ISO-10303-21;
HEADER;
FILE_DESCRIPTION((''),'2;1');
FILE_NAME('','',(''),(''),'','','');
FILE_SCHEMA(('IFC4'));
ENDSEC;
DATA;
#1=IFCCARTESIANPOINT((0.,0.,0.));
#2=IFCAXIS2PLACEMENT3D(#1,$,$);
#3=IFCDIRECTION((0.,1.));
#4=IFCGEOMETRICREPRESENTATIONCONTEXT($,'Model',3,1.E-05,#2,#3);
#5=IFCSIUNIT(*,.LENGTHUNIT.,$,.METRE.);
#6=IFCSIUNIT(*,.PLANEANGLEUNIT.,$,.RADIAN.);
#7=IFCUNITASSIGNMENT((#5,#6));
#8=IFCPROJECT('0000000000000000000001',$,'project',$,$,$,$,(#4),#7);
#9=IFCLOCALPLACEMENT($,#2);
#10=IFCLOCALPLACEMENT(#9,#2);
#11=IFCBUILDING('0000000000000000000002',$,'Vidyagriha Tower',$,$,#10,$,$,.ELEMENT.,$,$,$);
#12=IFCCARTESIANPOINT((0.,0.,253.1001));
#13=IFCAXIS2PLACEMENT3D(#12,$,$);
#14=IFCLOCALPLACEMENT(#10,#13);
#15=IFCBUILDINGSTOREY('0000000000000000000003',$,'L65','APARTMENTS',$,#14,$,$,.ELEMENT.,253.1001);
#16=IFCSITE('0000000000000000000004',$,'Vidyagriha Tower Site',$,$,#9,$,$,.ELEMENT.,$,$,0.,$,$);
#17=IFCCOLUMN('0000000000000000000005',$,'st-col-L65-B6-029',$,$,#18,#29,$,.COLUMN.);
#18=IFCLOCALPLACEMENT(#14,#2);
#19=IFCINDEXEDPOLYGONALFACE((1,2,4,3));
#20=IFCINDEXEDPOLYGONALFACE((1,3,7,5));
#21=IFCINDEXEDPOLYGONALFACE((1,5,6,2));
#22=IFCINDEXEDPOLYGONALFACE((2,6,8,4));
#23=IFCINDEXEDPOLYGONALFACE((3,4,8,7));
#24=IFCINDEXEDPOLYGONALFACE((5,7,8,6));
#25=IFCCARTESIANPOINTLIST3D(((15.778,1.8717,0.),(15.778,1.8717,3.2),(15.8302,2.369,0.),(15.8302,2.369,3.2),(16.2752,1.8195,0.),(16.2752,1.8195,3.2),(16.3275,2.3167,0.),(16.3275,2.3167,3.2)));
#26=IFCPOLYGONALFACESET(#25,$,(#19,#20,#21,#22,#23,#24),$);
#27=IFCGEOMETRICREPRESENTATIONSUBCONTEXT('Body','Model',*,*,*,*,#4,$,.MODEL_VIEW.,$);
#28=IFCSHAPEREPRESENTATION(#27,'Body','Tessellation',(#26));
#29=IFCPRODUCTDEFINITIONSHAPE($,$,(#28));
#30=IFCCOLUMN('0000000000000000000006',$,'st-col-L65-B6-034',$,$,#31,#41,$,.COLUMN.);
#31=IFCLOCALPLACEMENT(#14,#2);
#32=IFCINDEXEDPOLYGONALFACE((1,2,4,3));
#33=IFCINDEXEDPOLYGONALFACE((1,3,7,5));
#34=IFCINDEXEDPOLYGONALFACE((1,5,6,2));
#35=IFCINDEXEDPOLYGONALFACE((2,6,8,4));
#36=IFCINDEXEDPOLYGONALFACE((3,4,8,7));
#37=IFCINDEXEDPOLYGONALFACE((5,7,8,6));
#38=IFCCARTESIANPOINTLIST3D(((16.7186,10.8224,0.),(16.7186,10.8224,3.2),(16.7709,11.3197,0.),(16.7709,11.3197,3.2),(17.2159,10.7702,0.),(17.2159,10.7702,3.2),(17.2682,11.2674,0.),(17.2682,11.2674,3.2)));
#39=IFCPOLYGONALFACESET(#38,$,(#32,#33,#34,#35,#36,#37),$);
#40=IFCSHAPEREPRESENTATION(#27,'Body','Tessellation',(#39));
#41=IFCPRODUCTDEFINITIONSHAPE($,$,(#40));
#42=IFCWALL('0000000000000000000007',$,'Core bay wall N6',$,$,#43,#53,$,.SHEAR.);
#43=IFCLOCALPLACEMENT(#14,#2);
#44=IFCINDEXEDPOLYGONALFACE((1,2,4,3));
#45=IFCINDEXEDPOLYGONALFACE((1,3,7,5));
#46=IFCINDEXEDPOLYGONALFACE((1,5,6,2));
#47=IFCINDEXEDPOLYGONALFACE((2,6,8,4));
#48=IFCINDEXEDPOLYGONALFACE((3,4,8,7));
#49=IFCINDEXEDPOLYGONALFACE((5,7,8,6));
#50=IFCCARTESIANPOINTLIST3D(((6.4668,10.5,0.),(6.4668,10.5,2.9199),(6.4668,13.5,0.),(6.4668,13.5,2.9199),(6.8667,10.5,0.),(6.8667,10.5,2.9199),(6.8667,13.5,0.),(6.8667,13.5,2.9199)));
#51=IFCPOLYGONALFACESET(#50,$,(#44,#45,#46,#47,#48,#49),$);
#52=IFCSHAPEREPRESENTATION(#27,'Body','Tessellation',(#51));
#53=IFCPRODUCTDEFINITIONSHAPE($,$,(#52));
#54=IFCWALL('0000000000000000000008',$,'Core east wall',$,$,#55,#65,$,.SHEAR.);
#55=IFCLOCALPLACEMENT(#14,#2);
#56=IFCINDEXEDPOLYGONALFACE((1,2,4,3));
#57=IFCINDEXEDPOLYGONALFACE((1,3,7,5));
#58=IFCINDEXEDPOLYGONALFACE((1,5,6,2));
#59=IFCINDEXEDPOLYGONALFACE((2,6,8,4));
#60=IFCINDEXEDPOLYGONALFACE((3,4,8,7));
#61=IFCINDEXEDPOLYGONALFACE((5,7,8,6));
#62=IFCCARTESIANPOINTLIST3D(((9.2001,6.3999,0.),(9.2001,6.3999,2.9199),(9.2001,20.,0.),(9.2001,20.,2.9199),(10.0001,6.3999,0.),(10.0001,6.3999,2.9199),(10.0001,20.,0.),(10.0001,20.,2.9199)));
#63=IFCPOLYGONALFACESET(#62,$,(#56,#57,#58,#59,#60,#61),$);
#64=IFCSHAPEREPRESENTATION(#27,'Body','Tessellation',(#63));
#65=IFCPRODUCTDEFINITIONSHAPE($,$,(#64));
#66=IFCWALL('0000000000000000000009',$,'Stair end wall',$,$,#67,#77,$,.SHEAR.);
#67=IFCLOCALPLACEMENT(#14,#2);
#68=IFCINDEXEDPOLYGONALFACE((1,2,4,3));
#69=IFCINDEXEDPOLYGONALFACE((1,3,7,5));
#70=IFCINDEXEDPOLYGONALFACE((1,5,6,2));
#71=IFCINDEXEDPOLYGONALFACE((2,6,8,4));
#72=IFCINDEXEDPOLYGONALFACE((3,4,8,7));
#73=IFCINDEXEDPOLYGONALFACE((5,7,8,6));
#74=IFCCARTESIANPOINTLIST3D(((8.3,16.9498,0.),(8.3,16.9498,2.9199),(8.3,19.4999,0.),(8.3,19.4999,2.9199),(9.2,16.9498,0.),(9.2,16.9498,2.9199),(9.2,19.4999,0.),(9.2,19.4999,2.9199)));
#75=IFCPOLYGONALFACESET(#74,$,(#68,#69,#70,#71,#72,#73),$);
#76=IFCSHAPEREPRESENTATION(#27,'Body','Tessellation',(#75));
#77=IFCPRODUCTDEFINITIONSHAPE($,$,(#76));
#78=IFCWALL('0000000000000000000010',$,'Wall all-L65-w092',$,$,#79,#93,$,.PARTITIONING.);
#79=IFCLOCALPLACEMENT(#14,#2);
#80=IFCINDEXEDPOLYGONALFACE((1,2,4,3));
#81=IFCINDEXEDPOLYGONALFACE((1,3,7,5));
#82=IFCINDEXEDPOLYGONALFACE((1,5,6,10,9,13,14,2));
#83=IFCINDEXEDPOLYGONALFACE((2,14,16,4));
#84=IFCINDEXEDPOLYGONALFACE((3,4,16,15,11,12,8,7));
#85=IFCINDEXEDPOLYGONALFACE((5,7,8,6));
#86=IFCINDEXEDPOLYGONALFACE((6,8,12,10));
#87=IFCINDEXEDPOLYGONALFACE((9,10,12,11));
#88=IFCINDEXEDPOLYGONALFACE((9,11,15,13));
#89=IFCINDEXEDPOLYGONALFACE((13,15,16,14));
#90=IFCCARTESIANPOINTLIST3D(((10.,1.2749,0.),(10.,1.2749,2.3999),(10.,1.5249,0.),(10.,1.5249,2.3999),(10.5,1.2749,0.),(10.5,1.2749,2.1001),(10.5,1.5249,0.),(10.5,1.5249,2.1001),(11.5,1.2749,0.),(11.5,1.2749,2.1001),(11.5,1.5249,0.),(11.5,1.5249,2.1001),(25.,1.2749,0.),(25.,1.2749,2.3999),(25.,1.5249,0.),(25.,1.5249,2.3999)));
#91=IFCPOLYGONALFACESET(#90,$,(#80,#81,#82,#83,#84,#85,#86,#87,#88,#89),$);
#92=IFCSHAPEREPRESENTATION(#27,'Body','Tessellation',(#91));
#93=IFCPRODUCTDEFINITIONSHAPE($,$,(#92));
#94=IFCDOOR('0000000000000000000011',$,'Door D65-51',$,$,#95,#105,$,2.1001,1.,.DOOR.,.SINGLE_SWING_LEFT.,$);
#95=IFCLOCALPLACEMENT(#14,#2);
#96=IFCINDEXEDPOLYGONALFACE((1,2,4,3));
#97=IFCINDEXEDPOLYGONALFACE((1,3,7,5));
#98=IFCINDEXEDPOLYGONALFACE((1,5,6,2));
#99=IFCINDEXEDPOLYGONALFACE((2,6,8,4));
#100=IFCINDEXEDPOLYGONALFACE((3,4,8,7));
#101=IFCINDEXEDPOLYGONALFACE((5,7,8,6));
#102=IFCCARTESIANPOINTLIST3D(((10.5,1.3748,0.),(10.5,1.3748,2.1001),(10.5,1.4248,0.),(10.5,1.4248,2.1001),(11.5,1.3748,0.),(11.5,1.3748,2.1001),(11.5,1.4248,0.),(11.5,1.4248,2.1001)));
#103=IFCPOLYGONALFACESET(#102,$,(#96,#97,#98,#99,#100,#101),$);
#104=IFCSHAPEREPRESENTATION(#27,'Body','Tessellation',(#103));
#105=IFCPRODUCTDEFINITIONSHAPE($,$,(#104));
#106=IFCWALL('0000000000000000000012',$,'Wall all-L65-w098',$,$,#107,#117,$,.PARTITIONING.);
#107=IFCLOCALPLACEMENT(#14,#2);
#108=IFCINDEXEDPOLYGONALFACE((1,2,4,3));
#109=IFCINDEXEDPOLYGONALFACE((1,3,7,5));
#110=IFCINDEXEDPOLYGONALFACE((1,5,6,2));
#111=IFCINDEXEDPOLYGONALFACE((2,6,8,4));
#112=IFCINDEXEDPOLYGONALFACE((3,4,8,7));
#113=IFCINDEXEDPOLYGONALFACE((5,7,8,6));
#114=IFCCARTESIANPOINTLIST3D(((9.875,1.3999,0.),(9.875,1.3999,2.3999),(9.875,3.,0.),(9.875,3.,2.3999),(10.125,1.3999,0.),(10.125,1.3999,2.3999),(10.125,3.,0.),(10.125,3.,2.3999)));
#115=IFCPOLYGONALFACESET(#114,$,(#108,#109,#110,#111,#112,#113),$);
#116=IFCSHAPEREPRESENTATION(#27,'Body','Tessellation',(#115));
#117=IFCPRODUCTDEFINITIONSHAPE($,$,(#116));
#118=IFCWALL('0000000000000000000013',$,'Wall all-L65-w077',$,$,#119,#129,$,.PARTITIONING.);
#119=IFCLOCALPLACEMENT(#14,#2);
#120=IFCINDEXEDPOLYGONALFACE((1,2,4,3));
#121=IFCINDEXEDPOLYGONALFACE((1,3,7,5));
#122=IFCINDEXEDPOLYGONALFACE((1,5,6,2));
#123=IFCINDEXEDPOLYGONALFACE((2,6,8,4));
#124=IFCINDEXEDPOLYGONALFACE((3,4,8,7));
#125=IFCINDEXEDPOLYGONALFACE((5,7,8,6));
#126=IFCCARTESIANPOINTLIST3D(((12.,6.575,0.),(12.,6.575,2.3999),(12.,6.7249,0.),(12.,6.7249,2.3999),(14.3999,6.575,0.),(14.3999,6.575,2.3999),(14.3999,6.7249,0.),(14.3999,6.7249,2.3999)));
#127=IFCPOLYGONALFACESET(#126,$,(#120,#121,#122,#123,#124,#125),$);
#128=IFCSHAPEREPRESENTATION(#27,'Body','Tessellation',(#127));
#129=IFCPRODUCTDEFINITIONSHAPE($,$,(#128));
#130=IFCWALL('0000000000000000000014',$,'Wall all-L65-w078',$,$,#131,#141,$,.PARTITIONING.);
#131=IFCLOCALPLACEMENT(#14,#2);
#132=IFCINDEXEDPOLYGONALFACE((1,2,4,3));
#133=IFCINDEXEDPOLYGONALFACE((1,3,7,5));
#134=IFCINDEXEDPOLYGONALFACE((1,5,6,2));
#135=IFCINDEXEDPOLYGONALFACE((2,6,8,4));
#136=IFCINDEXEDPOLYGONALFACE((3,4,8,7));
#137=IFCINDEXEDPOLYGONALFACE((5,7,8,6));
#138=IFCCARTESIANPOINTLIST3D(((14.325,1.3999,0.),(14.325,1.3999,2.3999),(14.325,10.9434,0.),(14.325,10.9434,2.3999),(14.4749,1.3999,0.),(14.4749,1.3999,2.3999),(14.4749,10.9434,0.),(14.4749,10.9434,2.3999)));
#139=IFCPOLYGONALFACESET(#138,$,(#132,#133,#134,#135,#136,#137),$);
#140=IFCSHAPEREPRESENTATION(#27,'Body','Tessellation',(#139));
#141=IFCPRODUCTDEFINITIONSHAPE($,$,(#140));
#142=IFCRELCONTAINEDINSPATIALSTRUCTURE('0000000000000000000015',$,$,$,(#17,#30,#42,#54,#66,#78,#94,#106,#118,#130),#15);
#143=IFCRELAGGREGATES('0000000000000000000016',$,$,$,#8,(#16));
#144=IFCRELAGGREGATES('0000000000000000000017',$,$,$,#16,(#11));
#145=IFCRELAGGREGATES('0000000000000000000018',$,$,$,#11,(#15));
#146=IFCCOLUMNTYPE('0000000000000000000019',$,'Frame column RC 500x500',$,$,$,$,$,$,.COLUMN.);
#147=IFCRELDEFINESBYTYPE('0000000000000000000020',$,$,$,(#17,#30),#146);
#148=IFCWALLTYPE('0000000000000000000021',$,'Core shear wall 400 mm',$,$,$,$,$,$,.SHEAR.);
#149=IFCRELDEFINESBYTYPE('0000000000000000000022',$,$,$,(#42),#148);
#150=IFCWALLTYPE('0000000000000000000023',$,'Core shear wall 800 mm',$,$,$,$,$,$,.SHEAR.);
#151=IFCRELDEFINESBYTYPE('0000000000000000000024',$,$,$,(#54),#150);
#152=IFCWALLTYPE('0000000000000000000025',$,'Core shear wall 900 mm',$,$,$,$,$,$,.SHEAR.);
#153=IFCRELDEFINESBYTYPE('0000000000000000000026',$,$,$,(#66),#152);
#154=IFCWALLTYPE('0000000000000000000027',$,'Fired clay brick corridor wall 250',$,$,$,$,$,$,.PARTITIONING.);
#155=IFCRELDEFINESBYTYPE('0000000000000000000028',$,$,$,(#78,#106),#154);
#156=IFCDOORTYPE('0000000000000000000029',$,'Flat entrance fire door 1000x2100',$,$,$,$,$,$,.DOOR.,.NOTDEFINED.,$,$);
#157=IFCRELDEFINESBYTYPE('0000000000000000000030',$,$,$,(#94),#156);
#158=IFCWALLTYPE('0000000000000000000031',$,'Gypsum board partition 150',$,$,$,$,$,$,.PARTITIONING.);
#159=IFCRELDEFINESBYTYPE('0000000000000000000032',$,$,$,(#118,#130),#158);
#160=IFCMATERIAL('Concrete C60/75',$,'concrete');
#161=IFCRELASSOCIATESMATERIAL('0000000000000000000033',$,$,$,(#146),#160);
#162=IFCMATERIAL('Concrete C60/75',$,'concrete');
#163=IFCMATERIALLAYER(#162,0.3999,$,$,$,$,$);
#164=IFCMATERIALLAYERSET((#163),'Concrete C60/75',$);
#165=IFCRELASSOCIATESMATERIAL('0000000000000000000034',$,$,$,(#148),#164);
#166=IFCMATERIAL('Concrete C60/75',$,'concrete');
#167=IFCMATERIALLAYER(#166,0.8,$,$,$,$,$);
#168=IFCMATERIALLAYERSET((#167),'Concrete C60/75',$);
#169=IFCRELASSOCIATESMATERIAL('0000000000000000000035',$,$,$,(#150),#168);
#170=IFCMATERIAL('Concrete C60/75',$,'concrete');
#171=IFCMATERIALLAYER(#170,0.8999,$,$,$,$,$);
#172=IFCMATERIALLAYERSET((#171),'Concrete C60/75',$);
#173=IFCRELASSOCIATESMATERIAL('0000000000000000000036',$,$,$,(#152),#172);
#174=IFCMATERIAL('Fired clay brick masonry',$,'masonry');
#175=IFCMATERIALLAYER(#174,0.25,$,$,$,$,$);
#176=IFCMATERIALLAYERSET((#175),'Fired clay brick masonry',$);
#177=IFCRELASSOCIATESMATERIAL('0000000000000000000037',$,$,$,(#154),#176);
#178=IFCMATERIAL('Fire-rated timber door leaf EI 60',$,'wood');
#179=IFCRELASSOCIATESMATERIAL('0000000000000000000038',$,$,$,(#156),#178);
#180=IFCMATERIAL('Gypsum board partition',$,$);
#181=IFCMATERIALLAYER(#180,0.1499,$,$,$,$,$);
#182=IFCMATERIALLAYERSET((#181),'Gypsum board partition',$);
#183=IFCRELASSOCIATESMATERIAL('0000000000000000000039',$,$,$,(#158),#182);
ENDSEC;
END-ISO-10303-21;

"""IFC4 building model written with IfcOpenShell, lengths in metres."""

from ifc_helpers import new_model, si_unit, direction, frame, frame_2d, origin, origin_2d, place, context, subcontext, project, spatial, rectangle, extrude, material, layer, layer_set, material_profile, profile_set, type_object, element, fill, save


model = new_model("IFC4")

# Units and contexts
model_context = context("Model", 3, precision=1e-05, world=origin(), true_north=direction((0.0, 1.0)))
body_context = subcontext(model_context, "Body", "Model", "MODEL_VIEW")
ifc_project = project(units=[si_unit("LENGTHUNIT", "METRE"), si_unit("PLANEANGLEUNIT", "RADIAN")], contexts=[model_context])

# Site, building, storey
site_placement = place(None, origin())
site = spatial("IfcSite", under=ifc_project, at=site_placement, Name="Vidyagriha Tower Site", CompositionType="ELEMENT", RefElevation=0.0)
building_placement = place(site_placement, origin())
building = spatial("IfcBuilding", under=site, at=building_placement, Name="Vidyagriha Tower", CompositionType="ELEMENT")
storey_placement = place(building_placement, frame((0.0, 0.0, 253.1001)))
storey = spatial("IfcBuildingStorey", under=building, at=storey_placement, Name="L65", Description="APARTMENTS", CompositionType="ELEMENT", Elevation=253.1001)

# Columns
ifc_material_1 = material(Name="Concrete C60/75", Category="concrete")
ifc_material_profile = material_profile(ifc_material_1, rectangle(XDim=0.5, YDim=0.5, at=origin_2d()), Name="RC 500x500")
ifc_profile_set = profile_set([ifc_material_profile], Name="Concrete C60/75")
column_type = type_object("IfcColumnType", Name="Frame column RC 500x500", PredefinedType="COLUMN", material=ifc_profile_set)
for number, where, z_axis, x_axis, name in (
    (1, (16.0527, 2.0942, 0.0), (0.0, 0.0, 1.0), (0.994522, -0.104528, 0.0), "st-col-L65-B6-029"),
    (2, (16.9934, 11.0449, 0.0), (0.0, 0.0, 1.0), (0.994522, -0.104528, 0.0), "st-col-L65-B6-034"),
):
    element("IfcColumn", number, at=place(storey_placement, frame(where, z_axis=z_axis, x_axis=x_axis)), inside=storey, type_object=column_type, Name=name, PredefinedType="COLUMN", context=body_context, shape_type="SweptSolid", body=[
        extrude(rectangle(XDim=0.5, YDim=0.5, at=origin_2d()), origin(), (0.0, 0.0, 1.0), 3.2),
    ])

# Walls
ifc_material_2 = material(Name="Concrete C60/75", Category="concrete")
ifc_layer_1 = layer(ifc_material_2, 0.3999)
ifc_layer_set_1 = layer_set([ifc_layer_1], Name="Concrete C60/75")
wall_type_1 = type_object("IfcWallType", Name="Core shear wall 400 mm", PredefinedType="SHEAR", material=ifc_layer_set_1)
wall_1_placement = place(storey_placement, frame((6.6667, 10.5, 0.0), z_axis=(0.0, 0.0, 1.0), x_axis=(0.0, 1.0, 0.0)))
element("IfcWall", 3, at=wall_1_placement, inside=storey, type_object=wall_type_1, Name="Core bay wall N6", PredefinedType="SHEAR", context=body_context, shape_type="SweptSolid", body=[
    extrude(rectangle(XDim=3.0, YDim=0.3999, at=frame_2d((1.5, 0.0))), origin(), (0.0, 0.0, 1.0), 2.9199),
])
ifc_material_3 = material(Name="Concrete C60/75", Category="concrete")
ifc_layer_2 = layer(ifc_material_3, 0.8)
ifc_layer_set_2 = layer_set([ifc_layer_2], Name="Concrete C60/75")
wall_type_2 = type_object("IfcWallType", Name="Core shear wall 800 mm", PredefinedType="SHEAR", material=ifc_layer_set_2)
wall_2_placement = place(storey_placement, frame((9.6001, 6.3999, 0.0), z_axis=(0.0, 0.0, 1.0), x_axis=(0.0, 1.0, 0.0)))
element("IfcWall", 4, at=wall_2_placement, inside=storey, type_object=wall_type_2, Name="Core east wall", PredefinedType="SHEAR", context=body_context, shape_type="SweptSolid", body=[
    extrude(rectangle(XDim=13.6001, YDim=0.8, at=frame_2d((6.8, 0.0))), origin(), (0.0, 0.0, 1.0), 2.9199),
])
ifc_material_4 = material(Name="Concrete C60/75", Category="concrete")
ifc_layer_3 = layer(ifc_material_4, 0.8999)
ifc_layer_set_3 = layer_set([ifc_layer_3], Name="Concrete C60/75")
wall_type_3 = type_object("IfcWallType", Name="Core shear wall 900 mm", PredefinedType="SHEAR", material=ifc_layer_set_3)
wall_3_placement = place(storey_placement, frame((8.75, 16.95, 0.0), z_axis=(0.0, 0.0, 1.0), x_axis=(0.0, 1.0, 0.0)))
element("IfcWall", 5, at=wall_3_placement, inside=storey, type_object=wall_type_3, Name="Stair end wall", PredefinedType="SHEAR", context=body_context, shape_type="SweptSolid", body=[
    extrude(rectangle(XDim=2.55, YDim=0.8999, at=frame_2d((1.2749, 0.0))), origin(), (0.0, 0.0, 1.0), 2.9199),
])

# Wall, opening, door
ifc_material_5 = material(Name="Fired clay brick masonry", Category="masonry")
ifc_layer_4 = layer(ifc_material_5, 0.25)
ifc_layer_set_4 = layer_set([ifc_layer_4], Name="Fired clay brick masonry")
wall_type_4 = type_object("IfcWallType", Name="Fired clay brick corridor wall 250", PredefinedType="PARTITIONING", material=ifc_layer_set_4)
wall_4_placement = place(storey_placement, frame((10.0, 1.3999, 0.0)))
wall_4 = element("IfcWall", 6, at=wall_4_placement, inside=storey, type_object=wall_type_4, Name="Wall all-L65-w092", PredefinedType="PARTITIONING", context=body_context, shape_type="SweptSolid", body=[
    extrude(rectangle(XDim=15.0, YDim=0.25, at=frame_2d((7.5, 0.0))), origin(), (0.0, 0.0, 1.0), 2.3999),
])
opening_1_placement = place(wall_4_placement, frame((0.5, 0.0, 0.0)))
opening_1 = element("IfcOpeningElement", 7, at=opening_1_placement, cuts=wall_4, PredefinedType="OPENING", context=body_context, shape_type="SweptSolid", body=[
    extrude(rectangle(XDim=1.0, YDim=2.1001, at=frame_2d((0.5, 1.05))), frame((0.0, 0.135, 0.0), z_axis=(0.0, -1.0, 0.0), x_axis=(1.0, 0.0, 0.0)), (0.0, 0.0, 1.0), 0.27),
])
ifc_material_6 = material(Name="Fire-rated timber door leaf EI 60", Category="wood")
door_type_1 = type_object("IfcDoorType", Name="Flat entrance fire door 1000x2100", OperationType="NOTDEFINED", PredefinedType="DOOR", material=ifc_material_6)
door_1_placement = place(opening_1_placement, origin())
door_1 = element("IfcDoor", 8, at=door_1_placement, inside=storey, type_object=door_type_1, Name="Door D65-51", OperationType="SINGLE_SWING_LEFT", OverallHeight=2.1001, OverallWidth=1.0, PredefinedType="DOOR", context=body_context, shape_type="SweptSolid", body=[
    extrude(rectangle(XDim=1.0, YDim=2.1001, at=frame_2d((0.5, 1.05))), frame((0.0, 0.0249, 0.0), z_axis=(0.0, -1.0, 0.0), x_axis=(1.0, 0.0, 0.0)), (0.0, 0.0, 1.0), 0.05),
])
fill(opening_1, door_1)

# Walls
wall_5_placement = place(storey_placement, frame((10.0, 1.3999, 0.0), z_axis=(0.0, 0.0, 1.0), x_axis=(0.0, 1.0, 0.0)))
element("IfcWall", 9, at=wall_5_placement, inside=storey, type_object=wall_type_4, Name="Wall all-L65-w098", PredefinedType="PARTITIONING", context=body_context, shape_type="SweptSolid", body=[
    extrude(rectangle(XDim=1.6001, YDim=0.25, at=frame_2d((0.8, 0.0))), origin(), (0.0, 0.0, 1.0), 2.3999),
])
ifc_material_7 = material(Name="Gypsum board partition")
ifc_layer_5 = layer(ifc_material_7, 0.1499)
ifc_layer_set_5 = layer_set([ifc_layer_5], Name="Gypsum board partition")
wall_type_5 = type_object("IfcWallType", Name="Gypsum board partition 150", PredefinedType="PARTITIONING", material=ifc_layer_set_5)
wall_6_placement = place(storey_placement, frame((12.0, 6.6499, 0.0)))
element("IfcWall", 10, at=wall_6_placement, inside=storey, type_object=wall_type_5, Name="Wall all-L65-w077", PredefinedType="PARTITIONING", context=body_context, shape_type="SweptSolid", body=[
    extrude(rectangle(XDim=2.3999, YDim=0.1499, at=frame_2d((1.2, 0.0))), origin(), (0.0, 0.0, 1.0), 2.3999),
])
wall_7_placement = place(storey_placement, frame((14.3999, 10.9434, 0.0), z_axis=(0.0, 0.0, 1.0), x_axis=(0.0, -1.0, 0.0)))
element("IfcWall", 11, at=wall_7_placement, inside=storey, type_object=wall_type_5, Name="Wall all-L65-w078", PredefinedType="PARTITIONING", context=body_context, shape_type="SweptSolid", body=[
    extrude(rectangle(XDim=9.5435, YDim=0.1499, at=frame_2d((4.7717, 0.0))), origin(), (0.0, 0.0, 1.0), 2.3999),
])

save(model, "model.ifc")
